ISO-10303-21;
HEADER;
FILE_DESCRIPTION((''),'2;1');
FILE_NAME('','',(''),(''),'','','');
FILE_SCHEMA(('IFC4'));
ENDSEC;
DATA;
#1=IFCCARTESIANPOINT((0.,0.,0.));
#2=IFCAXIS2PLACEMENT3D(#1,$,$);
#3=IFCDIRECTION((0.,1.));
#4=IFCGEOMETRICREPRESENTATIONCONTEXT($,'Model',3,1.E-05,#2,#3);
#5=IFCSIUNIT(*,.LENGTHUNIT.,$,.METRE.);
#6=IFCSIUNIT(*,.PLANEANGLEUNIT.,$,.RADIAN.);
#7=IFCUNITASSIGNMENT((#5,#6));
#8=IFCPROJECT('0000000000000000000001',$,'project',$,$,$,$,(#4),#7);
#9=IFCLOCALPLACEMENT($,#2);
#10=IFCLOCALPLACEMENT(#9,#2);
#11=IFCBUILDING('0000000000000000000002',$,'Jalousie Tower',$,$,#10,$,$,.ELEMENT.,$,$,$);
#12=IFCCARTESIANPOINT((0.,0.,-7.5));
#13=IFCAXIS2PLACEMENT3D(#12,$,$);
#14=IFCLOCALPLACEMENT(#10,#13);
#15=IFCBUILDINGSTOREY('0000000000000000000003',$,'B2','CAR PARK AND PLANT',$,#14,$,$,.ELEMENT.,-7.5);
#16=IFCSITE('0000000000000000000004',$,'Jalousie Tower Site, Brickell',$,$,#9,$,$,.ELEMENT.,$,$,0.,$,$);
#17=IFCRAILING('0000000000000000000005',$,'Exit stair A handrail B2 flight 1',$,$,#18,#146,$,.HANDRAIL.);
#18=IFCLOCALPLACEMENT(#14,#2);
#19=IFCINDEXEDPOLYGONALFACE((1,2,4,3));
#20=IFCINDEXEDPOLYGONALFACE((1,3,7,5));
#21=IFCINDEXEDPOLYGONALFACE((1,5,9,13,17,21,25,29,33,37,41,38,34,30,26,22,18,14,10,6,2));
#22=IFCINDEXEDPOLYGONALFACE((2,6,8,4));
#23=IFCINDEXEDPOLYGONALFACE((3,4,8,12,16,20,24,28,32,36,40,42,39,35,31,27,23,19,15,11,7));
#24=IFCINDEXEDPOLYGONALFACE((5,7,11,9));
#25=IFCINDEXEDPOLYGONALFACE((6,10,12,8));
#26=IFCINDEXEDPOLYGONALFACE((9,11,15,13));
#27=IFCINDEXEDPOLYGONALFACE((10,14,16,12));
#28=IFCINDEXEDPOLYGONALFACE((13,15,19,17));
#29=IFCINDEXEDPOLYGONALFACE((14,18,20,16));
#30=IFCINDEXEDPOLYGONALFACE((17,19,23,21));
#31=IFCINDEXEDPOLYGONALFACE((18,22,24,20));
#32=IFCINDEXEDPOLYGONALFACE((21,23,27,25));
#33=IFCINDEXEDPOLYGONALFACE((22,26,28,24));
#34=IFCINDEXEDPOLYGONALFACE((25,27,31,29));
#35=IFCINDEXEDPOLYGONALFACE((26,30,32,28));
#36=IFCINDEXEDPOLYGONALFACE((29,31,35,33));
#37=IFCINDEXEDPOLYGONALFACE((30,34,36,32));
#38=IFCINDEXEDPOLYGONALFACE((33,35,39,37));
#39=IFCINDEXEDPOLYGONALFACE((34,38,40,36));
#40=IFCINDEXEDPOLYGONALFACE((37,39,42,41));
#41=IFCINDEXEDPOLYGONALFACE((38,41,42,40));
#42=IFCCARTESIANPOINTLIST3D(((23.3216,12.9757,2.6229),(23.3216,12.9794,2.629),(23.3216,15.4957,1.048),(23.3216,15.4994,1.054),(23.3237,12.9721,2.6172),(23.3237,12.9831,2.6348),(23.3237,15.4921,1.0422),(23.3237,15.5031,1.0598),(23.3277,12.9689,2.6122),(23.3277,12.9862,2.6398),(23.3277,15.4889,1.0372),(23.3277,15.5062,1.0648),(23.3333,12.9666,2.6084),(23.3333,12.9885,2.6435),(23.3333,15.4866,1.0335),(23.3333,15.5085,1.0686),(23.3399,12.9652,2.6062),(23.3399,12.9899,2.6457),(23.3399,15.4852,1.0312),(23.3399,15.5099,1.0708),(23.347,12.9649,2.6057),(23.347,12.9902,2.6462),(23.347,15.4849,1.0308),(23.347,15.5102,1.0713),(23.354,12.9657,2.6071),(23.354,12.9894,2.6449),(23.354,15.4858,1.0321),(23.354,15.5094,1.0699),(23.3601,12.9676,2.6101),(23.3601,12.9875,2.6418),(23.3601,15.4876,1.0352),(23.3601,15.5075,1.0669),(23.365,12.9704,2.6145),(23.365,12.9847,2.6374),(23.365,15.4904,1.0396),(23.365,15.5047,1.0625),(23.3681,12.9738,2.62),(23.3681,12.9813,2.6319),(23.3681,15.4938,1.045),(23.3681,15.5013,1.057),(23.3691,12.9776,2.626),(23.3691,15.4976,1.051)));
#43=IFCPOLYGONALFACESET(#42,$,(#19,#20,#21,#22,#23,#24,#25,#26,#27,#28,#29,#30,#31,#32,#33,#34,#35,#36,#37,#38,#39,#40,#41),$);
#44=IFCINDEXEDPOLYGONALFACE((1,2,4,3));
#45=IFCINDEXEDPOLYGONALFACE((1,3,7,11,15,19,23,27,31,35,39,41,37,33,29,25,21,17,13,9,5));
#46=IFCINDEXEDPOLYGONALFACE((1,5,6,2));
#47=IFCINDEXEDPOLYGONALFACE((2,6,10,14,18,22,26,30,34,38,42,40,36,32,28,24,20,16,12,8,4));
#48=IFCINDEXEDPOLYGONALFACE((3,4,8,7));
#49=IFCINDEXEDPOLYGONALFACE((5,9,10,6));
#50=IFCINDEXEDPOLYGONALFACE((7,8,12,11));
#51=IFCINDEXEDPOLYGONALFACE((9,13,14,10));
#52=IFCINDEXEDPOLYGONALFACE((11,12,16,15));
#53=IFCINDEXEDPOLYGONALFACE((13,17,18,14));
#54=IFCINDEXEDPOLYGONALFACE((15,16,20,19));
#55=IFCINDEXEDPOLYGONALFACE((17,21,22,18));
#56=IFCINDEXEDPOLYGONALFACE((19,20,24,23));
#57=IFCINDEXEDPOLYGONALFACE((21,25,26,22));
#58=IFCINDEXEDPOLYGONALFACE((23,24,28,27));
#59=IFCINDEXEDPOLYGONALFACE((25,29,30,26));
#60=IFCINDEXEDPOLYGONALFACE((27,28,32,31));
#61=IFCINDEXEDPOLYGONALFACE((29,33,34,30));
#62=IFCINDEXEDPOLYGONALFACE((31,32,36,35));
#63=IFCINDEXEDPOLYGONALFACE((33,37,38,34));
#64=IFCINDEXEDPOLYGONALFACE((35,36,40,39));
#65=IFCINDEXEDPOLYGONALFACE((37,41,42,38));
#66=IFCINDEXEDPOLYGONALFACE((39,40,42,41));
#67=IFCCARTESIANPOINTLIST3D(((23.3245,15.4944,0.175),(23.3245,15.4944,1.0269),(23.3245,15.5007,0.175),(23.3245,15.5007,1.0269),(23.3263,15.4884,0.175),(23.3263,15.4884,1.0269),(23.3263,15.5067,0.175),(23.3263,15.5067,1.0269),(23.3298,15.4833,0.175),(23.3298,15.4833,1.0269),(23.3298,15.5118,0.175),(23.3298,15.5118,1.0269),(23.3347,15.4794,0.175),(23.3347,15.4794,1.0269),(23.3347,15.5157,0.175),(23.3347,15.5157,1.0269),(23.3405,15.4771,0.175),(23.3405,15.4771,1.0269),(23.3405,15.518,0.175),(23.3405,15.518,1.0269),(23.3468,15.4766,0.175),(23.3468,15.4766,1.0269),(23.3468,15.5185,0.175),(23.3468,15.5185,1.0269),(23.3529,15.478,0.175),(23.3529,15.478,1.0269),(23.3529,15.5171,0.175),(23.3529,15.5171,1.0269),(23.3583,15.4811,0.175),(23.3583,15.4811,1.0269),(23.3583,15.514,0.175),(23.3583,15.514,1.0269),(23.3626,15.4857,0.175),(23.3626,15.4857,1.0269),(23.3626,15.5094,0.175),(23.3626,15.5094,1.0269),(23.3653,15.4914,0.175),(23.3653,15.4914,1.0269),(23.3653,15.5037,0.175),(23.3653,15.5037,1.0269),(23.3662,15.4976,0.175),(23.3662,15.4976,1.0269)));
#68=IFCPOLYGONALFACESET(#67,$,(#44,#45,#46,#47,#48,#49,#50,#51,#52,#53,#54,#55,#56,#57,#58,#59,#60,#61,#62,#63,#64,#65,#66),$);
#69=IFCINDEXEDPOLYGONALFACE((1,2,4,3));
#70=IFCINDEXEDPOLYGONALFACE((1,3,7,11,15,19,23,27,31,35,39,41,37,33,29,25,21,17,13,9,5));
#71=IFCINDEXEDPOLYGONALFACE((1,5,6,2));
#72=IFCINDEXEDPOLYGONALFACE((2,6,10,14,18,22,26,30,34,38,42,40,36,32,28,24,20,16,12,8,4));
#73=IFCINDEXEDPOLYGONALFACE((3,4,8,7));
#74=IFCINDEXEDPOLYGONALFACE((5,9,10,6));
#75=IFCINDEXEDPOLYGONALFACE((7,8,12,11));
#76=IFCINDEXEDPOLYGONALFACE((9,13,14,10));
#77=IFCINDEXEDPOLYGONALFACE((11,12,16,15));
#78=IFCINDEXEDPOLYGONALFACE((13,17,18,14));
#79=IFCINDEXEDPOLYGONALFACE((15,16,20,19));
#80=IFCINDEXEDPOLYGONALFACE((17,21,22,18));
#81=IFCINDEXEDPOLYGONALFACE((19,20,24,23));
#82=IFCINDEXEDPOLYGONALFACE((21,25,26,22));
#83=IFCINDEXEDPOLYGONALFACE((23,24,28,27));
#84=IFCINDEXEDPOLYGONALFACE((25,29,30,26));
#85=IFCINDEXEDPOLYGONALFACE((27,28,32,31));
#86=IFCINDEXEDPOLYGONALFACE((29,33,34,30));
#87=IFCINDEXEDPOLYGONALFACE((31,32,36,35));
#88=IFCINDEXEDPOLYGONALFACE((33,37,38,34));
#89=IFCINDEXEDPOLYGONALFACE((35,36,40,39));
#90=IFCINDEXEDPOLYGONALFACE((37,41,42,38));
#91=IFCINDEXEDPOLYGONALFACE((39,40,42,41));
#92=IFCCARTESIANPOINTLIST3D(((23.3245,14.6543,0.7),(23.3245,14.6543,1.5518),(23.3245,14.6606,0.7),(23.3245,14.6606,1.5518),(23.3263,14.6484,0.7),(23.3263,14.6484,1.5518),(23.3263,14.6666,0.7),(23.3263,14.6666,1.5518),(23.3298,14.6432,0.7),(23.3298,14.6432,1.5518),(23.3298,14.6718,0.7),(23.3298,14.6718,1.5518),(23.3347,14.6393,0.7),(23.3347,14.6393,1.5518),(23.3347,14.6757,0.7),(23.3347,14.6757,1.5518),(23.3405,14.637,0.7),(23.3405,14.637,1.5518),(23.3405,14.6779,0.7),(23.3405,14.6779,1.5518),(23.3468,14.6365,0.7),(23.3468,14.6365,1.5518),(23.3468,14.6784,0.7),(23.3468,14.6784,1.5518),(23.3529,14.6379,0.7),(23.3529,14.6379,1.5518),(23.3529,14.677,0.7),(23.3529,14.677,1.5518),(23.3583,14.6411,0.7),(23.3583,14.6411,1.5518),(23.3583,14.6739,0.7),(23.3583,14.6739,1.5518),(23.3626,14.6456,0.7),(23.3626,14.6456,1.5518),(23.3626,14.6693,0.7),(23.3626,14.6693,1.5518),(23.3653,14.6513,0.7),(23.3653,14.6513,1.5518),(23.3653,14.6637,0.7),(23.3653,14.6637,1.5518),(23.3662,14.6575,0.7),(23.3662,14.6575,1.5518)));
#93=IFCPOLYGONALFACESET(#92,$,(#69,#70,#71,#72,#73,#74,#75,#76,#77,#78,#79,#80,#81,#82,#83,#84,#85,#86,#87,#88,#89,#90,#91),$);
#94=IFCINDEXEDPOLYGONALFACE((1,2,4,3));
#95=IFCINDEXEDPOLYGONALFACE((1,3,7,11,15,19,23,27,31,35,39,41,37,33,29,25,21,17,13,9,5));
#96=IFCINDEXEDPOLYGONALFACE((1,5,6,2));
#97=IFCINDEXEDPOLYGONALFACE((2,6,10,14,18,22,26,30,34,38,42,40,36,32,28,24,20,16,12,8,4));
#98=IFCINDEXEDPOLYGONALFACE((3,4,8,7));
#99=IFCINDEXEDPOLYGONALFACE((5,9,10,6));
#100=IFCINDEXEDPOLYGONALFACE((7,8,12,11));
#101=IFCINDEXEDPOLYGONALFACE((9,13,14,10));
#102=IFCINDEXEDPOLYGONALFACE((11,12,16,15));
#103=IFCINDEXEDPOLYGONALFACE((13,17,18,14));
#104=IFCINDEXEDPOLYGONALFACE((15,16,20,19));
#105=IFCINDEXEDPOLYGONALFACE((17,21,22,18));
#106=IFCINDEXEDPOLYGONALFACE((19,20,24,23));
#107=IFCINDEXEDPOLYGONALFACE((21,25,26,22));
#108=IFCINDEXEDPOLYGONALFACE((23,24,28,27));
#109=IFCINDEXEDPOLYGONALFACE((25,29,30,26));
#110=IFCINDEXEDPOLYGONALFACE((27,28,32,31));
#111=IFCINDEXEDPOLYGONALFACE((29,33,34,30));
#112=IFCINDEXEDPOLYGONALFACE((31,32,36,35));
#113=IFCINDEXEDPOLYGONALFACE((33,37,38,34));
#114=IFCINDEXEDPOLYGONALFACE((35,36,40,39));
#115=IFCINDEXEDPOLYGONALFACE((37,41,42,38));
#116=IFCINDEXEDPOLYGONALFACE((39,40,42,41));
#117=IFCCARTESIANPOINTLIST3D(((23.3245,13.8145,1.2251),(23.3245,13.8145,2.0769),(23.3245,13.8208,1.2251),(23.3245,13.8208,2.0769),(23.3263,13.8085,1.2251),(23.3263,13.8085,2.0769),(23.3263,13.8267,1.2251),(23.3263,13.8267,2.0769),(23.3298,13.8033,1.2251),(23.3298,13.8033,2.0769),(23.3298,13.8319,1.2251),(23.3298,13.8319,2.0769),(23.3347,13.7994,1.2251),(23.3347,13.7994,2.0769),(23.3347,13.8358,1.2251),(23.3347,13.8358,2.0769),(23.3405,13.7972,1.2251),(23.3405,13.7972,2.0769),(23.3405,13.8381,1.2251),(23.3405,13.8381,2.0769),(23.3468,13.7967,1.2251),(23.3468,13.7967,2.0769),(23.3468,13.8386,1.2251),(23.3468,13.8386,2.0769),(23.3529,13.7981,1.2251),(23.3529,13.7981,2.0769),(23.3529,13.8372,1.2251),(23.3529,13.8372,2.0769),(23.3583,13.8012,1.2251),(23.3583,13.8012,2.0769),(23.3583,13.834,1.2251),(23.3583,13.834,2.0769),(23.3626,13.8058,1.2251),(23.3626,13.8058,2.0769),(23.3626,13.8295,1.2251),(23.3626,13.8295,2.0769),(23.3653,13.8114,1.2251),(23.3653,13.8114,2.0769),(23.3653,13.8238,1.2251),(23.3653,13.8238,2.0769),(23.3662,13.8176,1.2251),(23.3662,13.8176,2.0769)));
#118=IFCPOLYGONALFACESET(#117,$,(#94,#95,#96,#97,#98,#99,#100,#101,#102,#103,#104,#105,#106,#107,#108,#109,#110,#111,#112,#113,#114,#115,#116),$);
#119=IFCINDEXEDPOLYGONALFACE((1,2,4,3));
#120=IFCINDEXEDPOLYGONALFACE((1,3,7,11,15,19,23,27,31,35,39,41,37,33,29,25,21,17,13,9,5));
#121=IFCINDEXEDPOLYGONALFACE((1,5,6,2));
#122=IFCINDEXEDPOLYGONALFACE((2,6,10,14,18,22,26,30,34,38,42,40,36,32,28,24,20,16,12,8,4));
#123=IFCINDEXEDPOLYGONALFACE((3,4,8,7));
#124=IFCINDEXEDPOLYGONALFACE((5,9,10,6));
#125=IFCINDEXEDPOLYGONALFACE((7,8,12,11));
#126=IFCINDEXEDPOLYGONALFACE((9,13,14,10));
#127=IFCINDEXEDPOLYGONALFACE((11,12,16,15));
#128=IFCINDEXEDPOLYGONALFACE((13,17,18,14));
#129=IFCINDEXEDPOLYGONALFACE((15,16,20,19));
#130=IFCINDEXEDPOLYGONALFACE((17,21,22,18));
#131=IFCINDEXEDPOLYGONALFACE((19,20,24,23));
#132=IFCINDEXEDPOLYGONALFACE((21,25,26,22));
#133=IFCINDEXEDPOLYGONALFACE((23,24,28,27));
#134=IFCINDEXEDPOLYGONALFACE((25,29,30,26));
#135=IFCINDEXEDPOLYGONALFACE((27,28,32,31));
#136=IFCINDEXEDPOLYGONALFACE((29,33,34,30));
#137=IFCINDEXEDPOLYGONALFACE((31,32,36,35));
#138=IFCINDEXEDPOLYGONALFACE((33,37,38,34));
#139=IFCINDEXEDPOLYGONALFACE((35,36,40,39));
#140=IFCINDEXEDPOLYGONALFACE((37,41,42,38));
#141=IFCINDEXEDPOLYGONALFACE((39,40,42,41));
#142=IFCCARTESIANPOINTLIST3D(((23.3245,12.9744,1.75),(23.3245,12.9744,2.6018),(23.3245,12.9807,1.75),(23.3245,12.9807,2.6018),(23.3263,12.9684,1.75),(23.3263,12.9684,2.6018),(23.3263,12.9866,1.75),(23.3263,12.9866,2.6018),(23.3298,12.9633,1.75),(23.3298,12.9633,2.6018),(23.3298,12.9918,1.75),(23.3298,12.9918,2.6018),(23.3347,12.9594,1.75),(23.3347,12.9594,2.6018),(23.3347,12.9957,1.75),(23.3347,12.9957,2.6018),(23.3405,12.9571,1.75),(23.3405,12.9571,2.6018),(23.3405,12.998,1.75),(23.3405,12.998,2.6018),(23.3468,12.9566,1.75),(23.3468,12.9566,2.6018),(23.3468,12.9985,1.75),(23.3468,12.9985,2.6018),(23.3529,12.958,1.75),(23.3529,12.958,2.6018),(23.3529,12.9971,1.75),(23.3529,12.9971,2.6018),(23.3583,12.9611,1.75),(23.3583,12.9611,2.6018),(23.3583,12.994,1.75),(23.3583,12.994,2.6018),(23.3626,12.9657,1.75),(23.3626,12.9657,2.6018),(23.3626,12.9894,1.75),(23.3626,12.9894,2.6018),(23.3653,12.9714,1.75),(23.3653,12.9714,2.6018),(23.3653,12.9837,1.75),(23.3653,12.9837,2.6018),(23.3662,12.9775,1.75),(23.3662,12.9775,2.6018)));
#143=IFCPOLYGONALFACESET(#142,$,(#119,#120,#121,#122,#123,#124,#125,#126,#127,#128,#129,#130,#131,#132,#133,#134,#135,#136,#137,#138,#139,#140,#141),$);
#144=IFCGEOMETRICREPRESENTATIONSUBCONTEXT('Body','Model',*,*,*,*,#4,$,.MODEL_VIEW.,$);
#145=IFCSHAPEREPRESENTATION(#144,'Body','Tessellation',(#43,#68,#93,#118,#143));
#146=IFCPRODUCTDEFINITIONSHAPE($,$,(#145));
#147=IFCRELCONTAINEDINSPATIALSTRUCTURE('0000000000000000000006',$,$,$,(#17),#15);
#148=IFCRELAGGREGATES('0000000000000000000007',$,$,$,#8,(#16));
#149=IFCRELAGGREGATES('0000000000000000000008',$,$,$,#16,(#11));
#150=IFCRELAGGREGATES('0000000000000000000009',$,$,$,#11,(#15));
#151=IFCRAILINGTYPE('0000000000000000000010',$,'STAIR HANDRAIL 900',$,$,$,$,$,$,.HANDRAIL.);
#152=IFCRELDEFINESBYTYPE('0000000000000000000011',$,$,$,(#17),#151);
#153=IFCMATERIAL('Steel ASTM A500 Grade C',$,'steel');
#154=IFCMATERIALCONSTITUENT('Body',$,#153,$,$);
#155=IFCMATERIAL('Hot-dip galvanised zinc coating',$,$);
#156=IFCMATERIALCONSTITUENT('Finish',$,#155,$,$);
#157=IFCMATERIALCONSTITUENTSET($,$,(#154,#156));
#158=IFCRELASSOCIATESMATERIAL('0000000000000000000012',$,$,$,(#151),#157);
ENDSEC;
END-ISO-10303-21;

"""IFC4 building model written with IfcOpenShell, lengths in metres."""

from ifc_helpers import new_model, si_unit, direction, frame, origin, origin_2d, place, context, subcontext, project, spatial, circle, extrude, material, constituent, constituent_set, type_object, element, save


model = new_model("IFC4")

# Units and contexts
model_context = context("Model", 3, precision=1e-05, world=origin(), true_north=direction((0.0, 1.0)))
body_context = subcontext(model_context, "Body", "Model", "MODEL_VIEW")
ifc_project = project(units=[si_unit("LENGTHUNIT", "METRE"), si_unit("PLANEANGLEUNIT", "RADIAN")], contexts=[model_context])

# Site, building, storey
site_placement = place(None, origin())
site = spatial("IfcSite", under=ifc_project, at=site_placement, Name="Jalousie Tower Site, Brickell", CompositionType="ELEMENT", RefElevation=0.0)
building_placement = place(site_placement, origin())
building = spatial("IfcBuilding", under=site, at=building_placement, Name="Jalousie Tower", CompositionType="ELEMENT")
storey_placement = place(building_placement, frame((0.0, 0.0, -7.5)))
storey = spatial("IfcBuildingStorey", under=building, at=storey_placement, Name="B2", Description="CAR PARK AND PLANT", CompositionType="ELEMENT", Elevation=-7.5)

# Railing
ifc_material_1 = material(Name="Steel ASTM A500 Grade C", Category="steel")
ifc_constituent_1 = constituent(ifc_material_1, Name="Body")
ifc_material_2 = material(Name="Hot-dip galvanised zinc coating")
ifc_constituent_2 = constituent(ifc_material_2, Name="Finish")
ifc_constituent_set_1 = constituent_set(constituents=[ifc_constituent_1, ifc_constituent_2])
railing_type_1 = type_object("IfcRailingType", Name="STAIR HANDRAIL 900", PredefinedType="HANDRAIL", material=ifc_constituent_set_1)
railing_1_placement = place(storey_placement, frame((23.3452, 15.4976, 0.175)))
element("IfcRailing", 1, at=railing_1_placement, inside=storey, type_object=railing_type_1, Name="Exit stair A handrail B2 flight 1", PredefinedType="HANDRAIL", context=body_context, shape_type="SweptSolid", body=[
    extrude(circle(Radius=0.0239, at=origin_2d()), frame((0.0, 0.0, 0.876), z_axis=(0.0, -0.848008, 0.529984), x_axis=(1.0, 0.0, 0.0)), (0.0, 0.0, 1.0), 2.9717),
    extrude(circle(Radius=0.021, at=origin_2d()), origin(), (0.0, 0.0, 1.0), 0.8518),
    extrude(circle(Radius=0.021, at=origin_2d()), frame((0.0, -0.8401, 0.5249)), (0.0, 0.0, 1.0), 0.8518),
    extrude(circle(Radius=0.021, at=origin_2d()), frame((0.0, -1.6799, 1.05)), (0.0, 0.0, 1.0), 0.8518),
    extrude(circle(Radius=0.021, at=origin_2d()), frame((0.0, -2.52, 1.575)), (0.0, 0.0, 1.0), 0.8518),
])

save(model, "model.ifc")
